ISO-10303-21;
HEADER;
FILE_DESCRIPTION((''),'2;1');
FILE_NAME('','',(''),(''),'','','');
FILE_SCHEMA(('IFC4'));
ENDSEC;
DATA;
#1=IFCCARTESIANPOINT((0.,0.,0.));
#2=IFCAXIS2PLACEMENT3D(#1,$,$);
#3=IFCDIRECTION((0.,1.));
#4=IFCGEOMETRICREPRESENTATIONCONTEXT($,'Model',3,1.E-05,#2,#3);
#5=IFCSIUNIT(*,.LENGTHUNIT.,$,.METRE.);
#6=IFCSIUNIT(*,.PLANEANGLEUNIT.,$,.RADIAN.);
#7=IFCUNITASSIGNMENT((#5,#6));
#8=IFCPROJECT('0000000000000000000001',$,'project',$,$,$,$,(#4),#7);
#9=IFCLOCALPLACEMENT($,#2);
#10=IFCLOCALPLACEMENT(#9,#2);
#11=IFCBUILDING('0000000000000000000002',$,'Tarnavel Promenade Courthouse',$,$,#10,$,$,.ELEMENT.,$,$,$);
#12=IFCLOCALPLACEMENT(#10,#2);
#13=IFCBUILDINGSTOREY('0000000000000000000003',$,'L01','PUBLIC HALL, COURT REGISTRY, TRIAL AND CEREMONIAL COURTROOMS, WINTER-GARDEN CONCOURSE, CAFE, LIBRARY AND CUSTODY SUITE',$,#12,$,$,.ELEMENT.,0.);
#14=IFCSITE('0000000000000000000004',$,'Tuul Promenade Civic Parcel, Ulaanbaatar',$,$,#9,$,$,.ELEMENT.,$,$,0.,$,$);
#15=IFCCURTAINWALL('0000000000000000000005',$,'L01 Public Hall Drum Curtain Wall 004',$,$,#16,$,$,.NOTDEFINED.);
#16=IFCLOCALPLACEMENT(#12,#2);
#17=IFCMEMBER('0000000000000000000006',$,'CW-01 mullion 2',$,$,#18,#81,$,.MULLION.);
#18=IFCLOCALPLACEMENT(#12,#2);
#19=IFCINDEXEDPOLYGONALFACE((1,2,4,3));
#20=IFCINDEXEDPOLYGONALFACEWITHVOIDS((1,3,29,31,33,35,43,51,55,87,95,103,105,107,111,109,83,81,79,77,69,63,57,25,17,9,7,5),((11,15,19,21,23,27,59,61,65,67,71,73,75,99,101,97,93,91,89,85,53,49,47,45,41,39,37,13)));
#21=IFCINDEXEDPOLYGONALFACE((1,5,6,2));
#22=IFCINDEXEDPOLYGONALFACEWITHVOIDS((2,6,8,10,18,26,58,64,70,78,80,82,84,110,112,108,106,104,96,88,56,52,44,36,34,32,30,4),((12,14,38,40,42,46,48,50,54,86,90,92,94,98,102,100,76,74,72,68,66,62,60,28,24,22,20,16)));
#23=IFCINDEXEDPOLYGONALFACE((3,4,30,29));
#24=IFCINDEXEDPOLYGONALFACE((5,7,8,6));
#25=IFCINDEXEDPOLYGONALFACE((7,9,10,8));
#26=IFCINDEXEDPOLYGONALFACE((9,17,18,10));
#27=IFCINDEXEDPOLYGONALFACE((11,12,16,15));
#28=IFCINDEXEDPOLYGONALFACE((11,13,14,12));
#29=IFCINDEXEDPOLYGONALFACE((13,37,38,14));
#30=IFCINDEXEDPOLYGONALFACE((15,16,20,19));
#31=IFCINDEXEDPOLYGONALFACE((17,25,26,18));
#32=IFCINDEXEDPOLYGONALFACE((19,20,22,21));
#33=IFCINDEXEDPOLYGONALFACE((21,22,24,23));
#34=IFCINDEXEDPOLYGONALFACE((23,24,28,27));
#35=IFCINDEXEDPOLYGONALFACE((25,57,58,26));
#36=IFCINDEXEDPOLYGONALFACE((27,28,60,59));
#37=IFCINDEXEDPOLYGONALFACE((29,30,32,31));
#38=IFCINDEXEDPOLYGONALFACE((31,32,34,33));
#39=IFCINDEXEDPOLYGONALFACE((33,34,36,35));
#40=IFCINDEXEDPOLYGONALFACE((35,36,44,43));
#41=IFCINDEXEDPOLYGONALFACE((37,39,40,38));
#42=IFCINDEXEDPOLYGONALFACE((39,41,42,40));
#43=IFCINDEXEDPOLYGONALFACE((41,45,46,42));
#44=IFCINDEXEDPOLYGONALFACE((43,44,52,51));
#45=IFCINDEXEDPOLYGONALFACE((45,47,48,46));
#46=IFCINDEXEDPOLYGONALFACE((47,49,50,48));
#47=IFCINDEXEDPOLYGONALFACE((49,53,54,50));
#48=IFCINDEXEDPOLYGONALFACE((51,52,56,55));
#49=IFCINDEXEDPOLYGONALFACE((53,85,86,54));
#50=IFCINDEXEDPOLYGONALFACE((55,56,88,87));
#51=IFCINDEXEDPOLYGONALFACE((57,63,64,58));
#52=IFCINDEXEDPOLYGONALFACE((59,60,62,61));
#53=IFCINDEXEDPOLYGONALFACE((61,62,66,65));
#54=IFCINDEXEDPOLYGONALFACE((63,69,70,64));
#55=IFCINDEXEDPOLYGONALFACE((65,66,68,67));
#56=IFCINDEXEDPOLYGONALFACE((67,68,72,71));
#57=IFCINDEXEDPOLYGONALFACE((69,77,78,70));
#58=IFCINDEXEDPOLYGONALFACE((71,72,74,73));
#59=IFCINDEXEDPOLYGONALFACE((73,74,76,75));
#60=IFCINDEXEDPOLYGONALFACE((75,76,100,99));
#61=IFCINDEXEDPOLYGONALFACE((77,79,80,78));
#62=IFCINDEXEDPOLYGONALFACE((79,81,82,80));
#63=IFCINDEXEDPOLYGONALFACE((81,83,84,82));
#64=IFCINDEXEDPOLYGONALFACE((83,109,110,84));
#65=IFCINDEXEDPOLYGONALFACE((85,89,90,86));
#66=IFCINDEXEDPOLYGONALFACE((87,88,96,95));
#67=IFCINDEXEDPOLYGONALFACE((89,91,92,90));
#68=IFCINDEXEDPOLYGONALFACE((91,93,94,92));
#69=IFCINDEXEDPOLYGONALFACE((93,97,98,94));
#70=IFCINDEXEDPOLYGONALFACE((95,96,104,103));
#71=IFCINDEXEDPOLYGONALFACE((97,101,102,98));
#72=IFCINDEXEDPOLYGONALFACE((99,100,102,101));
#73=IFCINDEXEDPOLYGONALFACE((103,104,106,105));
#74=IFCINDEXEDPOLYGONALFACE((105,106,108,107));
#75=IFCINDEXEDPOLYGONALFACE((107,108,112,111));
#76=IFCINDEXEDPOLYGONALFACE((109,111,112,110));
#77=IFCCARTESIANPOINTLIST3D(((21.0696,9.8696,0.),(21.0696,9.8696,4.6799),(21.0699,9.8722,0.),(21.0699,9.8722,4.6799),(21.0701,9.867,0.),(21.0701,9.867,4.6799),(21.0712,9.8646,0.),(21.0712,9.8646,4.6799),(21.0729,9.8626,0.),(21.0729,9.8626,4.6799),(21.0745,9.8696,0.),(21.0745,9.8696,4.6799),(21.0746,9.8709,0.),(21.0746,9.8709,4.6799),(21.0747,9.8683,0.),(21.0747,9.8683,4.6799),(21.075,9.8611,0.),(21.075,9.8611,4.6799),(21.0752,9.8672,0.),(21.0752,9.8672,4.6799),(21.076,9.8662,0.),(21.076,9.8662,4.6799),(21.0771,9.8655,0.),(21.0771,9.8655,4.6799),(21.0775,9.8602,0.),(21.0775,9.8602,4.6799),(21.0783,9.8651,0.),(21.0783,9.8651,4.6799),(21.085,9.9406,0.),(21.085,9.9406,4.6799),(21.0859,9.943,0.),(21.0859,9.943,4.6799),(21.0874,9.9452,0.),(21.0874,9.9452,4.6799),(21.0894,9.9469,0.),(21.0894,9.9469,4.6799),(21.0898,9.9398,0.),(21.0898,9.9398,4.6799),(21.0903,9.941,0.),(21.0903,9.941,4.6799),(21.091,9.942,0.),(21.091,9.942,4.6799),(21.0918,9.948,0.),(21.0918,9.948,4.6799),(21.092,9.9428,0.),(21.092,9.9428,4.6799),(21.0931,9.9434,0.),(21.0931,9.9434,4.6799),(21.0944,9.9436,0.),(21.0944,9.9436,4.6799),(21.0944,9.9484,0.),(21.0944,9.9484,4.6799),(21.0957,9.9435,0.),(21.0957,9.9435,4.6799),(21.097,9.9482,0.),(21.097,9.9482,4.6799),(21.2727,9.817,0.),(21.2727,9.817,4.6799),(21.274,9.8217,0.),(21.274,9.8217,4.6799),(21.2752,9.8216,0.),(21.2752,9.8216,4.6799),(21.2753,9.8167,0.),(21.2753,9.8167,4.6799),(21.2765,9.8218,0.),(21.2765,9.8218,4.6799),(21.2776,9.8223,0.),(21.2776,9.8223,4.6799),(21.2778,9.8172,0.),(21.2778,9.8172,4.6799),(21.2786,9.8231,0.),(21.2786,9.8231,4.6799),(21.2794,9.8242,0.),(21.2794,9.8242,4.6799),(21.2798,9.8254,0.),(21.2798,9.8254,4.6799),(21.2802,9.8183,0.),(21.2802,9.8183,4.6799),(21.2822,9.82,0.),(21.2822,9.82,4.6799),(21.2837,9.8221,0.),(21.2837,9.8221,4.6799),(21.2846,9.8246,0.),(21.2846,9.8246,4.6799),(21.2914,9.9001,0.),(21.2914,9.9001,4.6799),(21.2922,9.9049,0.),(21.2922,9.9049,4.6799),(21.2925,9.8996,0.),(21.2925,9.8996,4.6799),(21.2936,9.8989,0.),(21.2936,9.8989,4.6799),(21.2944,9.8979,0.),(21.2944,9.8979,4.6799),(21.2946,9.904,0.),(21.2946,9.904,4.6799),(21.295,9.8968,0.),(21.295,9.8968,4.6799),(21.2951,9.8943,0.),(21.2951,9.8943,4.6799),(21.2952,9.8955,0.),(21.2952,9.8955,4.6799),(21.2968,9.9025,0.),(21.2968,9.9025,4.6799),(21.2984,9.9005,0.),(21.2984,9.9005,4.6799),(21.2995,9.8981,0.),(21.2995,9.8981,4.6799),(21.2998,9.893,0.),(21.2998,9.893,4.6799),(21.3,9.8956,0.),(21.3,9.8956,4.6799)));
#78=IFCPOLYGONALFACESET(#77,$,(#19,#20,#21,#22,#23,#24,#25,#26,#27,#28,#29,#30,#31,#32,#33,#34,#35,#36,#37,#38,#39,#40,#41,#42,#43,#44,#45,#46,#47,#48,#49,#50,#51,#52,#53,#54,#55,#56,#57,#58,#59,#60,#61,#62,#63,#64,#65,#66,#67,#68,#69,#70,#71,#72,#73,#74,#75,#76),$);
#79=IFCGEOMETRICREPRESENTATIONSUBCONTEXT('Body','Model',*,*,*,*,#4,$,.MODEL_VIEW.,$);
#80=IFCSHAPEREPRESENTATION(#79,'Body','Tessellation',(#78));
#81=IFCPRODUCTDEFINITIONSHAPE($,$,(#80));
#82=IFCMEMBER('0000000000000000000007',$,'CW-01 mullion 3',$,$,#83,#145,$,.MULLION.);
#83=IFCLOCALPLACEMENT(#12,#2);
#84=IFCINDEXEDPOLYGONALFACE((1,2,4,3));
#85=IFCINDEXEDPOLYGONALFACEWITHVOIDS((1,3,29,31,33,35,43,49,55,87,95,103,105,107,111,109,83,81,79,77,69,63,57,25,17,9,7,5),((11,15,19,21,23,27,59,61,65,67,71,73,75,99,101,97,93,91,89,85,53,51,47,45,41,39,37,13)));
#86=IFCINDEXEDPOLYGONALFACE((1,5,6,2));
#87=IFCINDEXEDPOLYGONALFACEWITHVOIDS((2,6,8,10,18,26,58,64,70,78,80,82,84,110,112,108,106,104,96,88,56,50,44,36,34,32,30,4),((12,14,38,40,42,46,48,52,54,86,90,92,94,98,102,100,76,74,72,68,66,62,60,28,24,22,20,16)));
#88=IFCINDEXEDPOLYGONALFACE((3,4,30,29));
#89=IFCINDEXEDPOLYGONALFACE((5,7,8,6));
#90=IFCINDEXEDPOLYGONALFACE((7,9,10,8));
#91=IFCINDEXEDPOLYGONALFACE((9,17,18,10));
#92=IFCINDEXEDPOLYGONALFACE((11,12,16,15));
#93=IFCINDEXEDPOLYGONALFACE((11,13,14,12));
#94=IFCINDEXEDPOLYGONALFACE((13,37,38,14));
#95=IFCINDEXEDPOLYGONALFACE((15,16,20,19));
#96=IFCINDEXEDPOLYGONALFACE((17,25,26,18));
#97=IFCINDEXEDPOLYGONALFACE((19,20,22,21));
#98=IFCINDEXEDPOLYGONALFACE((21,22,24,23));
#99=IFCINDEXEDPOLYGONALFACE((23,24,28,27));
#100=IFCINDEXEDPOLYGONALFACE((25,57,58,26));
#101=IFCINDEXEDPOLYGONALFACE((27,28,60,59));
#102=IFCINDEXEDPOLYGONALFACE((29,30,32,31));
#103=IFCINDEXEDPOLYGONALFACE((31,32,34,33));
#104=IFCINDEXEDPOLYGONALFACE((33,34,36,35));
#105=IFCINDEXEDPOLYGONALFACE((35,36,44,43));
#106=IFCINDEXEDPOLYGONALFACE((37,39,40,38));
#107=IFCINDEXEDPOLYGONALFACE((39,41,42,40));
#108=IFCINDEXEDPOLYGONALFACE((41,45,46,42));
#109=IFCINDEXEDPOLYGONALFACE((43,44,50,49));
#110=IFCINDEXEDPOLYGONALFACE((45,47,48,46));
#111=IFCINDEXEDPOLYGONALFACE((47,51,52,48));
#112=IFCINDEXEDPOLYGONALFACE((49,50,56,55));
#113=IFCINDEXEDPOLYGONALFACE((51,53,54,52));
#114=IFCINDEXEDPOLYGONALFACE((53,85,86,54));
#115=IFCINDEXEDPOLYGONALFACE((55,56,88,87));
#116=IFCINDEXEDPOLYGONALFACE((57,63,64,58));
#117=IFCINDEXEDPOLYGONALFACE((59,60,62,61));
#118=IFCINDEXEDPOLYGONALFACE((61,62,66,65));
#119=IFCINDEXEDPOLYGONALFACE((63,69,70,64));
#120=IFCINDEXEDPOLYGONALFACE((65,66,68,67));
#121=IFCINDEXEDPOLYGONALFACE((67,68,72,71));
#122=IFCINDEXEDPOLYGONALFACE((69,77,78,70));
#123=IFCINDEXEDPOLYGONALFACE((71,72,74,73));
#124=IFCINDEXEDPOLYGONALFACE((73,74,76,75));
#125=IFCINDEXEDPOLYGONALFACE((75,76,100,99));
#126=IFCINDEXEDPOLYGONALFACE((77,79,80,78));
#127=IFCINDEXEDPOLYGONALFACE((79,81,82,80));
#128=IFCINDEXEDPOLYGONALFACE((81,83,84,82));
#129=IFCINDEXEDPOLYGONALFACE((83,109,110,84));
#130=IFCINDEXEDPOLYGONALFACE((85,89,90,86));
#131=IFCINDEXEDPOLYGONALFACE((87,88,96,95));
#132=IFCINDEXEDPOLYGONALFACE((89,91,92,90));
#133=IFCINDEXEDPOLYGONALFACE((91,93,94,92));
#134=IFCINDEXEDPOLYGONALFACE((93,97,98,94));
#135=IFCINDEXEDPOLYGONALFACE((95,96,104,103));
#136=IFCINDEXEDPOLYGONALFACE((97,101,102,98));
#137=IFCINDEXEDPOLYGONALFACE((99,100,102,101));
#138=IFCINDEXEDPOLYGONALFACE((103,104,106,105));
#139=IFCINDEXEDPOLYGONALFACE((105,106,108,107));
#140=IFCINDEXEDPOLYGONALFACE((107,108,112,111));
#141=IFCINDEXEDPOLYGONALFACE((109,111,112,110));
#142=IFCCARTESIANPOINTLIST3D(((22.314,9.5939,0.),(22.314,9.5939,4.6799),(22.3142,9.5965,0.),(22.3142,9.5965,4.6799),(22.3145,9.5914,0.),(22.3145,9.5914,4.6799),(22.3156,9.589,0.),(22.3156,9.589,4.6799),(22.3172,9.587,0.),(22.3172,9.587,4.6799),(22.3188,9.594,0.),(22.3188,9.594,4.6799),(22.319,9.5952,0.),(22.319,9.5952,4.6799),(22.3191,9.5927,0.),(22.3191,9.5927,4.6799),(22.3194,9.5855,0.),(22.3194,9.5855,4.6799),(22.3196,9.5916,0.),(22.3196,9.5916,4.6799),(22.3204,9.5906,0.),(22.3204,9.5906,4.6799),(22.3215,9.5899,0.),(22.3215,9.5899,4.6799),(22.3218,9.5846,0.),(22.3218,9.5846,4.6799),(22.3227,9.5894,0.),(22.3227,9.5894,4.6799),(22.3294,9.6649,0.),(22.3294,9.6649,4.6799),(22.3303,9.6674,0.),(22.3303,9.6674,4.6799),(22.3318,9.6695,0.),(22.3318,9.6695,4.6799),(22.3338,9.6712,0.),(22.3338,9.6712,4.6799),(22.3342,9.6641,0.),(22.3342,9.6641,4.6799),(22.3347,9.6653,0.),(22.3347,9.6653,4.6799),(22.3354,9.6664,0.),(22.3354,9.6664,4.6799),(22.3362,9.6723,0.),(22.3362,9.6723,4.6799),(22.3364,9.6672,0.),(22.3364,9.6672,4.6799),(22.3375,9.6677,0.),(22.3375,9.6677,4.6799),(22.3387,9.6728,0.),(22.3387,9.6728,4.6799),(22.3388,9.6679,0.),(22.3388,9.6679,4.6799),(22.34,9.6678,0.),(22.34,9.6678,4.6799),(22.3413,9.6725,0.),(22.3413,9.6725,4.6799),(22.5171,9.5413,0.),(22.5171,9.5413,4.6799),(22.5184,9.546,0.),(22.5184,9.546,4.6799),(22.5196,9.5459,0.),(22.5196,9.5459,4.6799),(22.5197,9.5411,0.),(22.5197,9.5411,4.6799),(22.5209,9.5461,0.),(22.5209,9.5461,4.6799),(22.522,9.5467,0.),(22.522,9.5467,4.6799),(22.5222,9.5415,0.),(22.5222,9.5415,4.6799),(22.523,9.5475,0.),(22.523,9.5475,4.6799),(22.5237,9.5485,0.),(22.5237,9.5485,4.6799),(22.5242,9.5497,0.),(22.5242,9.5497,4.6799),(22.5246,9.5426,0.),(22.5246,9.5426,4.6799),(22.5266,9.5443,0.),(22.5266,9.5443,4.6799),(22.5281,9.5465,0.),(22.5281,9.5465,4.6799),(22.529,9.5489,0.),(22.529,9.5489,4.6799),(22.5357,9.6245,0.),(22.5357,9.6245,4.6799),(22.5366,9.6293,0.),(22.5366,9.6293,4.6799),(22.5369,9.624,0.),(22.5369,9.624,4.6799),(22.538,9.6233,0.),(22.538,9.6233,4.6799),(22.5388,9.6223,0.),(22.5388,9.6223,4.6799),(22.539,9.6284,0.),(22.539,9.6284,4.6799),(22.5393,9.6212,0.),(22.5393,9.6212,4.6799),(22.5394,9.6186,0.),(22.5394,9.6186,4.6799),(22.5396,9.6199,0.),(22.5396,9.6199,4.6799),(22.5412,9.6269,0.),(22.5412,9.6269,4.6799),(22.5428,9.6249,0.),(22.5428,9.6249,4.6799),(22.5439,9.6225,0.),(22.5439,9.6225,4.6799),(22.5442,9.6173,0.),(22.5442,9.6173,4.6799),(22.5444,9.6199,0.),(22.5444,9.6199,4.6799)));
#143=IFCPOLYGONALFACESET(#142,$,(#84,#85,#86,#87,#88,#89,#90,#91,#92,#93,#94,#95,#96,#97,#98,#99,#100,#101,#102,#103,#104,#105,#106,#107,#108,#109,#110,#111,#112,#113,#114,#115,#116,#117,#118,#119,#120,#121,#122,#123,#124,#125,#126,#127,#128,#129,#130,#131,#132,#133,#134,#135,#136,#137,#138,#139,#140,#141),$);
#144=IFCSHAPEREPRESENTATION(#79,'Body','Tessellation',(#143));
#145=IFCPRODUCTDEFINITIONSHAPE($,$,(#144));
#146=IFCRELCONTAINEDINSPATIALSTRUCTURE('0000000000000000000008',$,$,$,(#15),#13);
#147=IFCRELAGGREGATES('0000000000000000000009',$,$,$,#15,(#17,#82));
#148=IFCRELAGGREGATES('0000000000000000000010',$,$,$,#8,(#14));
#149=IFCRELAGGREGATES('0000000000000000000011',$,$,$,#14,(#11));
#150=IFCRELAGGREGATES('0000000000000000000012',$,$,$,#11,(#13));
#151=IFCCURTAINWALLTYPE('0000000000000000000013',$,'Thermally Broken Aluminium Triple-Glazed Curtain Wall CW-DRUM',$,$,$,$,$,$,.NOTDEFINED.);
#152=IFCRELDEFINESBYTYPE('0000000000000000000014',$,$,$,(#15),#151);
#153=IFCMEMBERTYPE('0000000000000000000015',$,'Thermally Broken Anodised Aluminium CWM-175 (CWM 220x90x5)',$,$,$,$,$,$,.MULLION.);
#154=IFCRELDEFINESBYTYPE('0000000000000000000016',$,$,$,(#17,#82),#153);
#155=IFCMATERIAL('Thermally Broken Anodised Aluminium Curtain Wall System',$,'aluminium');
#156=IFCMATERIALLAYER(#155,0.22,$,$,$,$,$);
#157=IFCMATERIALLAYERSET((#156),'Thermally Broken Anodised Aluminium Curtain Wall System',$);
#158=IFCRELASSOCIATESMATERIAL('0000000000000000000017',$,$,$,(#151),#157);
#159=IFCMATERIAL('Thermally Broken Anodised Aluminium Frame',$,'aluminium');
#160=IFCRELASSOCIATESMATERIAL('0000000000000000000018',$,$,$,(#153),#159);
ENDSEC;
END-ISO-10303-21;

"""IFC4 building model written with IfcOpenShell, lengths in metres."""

from ifc_helpers import new_model, si_unit, direction, frame, origin, origin_2d, place, context, subcontext, project, spatial, hollow_rectangle, extrude, material, layer, layer_set, material_profile, profile_set, type_object, element, aggregate, save


model = new_model("IFC4")

# Units and contexts
model_context = context("Model", 3, precision=1e-05, world=origin(), true_north=direction((0.0, 1.0)))
body_context = subcontext(model_context, "Body", "Model", "MODEL_VIEW")
ifc_project = project(units=[si_unit("LENGTHUNIT", "METRE"), si_unit("PLANEANGLEUNIT", "RADIAN")], contexts=[model_context])

# Site, building, storey
site_placement = place(None, origin())
site = spatial("IfcSite", under=ifc_project, at=site_placement, Name="Tuul Promenade Civic Parcel, Ulaanbaatar", CompositionType="ELEMENT", RefElevation=0.0)
building_placement = place(site_placement, origin())
building = spatial("IfcBuilding", under=site, at=building_placement, Name="Tarnavel Promenade Courthouse", CompositionType="ELEMENT")
storey_placement = place(building_placement, origin())
storey = spatial("IfcBuildingStorey", under=building, at=storey_placement, Name="L01", Description="PUBLIC HALL, COURT REGISTRY, TRIAL AND CEREMONIAL COURTROOMS, WINTER-GARDEN CONCOURSE, CAFE, LIBRARY AND CUSTODY SUITE", CompositionType="ELEMENT", Elevation=0.0)

# Curtain wall, members
ifc_material_1 = material(Name="Thermally Broken Anodised Aluminium Curtain Wall System", Category="aluminium")
ifc_layer_1 = layer(ifc_material_1, 0.22)
ifc_layer_set_1 = layer_set([ifc_layer_1], Name="Thermally Broken Anodised Aluminium Curtain Wall System")
curtain_wall_type = type_object("IfcCurtainWallType", Name="Thermally Broken Aluminium Triple-Glazed Curtain Wall CW-DRUM", PredefinedType="NOTDEFINED", material=ifc_layer_set_1)
curtain_wall_placement = place(storey_placement, origin())
curtain_wall = element("IfcCurtainWall", 1, at=curtain_wall_placement, inside=storey, type_object=curtain_wall_type, Name="L01 Public Hall Drum Curtain Wall 004", PredefinedType="NOTDEFINED")
ifc_material_2 = material(Name="Thermally Broken Anodised Aluminium Frame", Category="aluminium")
ifc_material_profile_1 = material_profile(ifc_material_2, hollow_rectangle(XDim=0.0901, YDim=0.22, WallThickness=0.0049, InnerFilletRadius=0.0049, OuterFilletRadius=0.01, at=origin_2d()), Name="CWM 220x90x5")
ifc_profile_set_1 = profile_set([ifc_material_profile_1], Name="Thermally Broken Anodised Aluminium Frame")
member_type_1 = type_object("IfcMemberType", Name="Thermally Broken Anodised Aluminium CWM-175 (CWM 220x90x5)", PredefinedType="MULLION", material=ifc_profile_set_1)
member_1_placement = place(storey_placement, frame((21.1848, 9.8826, 0.0), z_axis=(0.0, 0.0, 1.0), x_axis=(0.21644, 0.976296, 0.0)))
member_1 = element("IfcMember", 2, at=member_1_placement, type_object=member_type_1, Name="CW-01 mullion 2", PredefinedType="MULLION", context=body_context, shape_type="SweptSolid", body=[
    extrude(hollow_rectangle(XDim=0.0901, YDim=0.22, WallThickness=0.0049, InnerFilletRadius=0.0049, OuterFilletRadius=0.01, at=origin_2d()), origin(), (0.0, 0.0, 1.0), 4.6799),
])
member_2_placement = place(storey_placement, frame((22.4292, 9.6069, 0.0), z_axis=(0.0, 0.0, 1.0), x_axis=(0.21644, 0.976296, 0.0)))
member_2 = element("IfcMember", 3, at=member_2_placement, type_object=member_type_1, Name="CW-01 mullion 3", PredefinedType="MULLION", context=body_context, shape_type="SweptSolid", body=[
    extrude(hollow_rectangle(XDim=0.0901, YDim=0.22, WallThickness=0.0049, InnerFilletRadius=0.0049, OuterFilletRadius=0.01, at=origin_2d()), origin(), (0.0, 0.0, 1.0), 4.6799),
])
aggregate(curtain_wall, [member_1, member_2])

save(model, "model.ifc")
